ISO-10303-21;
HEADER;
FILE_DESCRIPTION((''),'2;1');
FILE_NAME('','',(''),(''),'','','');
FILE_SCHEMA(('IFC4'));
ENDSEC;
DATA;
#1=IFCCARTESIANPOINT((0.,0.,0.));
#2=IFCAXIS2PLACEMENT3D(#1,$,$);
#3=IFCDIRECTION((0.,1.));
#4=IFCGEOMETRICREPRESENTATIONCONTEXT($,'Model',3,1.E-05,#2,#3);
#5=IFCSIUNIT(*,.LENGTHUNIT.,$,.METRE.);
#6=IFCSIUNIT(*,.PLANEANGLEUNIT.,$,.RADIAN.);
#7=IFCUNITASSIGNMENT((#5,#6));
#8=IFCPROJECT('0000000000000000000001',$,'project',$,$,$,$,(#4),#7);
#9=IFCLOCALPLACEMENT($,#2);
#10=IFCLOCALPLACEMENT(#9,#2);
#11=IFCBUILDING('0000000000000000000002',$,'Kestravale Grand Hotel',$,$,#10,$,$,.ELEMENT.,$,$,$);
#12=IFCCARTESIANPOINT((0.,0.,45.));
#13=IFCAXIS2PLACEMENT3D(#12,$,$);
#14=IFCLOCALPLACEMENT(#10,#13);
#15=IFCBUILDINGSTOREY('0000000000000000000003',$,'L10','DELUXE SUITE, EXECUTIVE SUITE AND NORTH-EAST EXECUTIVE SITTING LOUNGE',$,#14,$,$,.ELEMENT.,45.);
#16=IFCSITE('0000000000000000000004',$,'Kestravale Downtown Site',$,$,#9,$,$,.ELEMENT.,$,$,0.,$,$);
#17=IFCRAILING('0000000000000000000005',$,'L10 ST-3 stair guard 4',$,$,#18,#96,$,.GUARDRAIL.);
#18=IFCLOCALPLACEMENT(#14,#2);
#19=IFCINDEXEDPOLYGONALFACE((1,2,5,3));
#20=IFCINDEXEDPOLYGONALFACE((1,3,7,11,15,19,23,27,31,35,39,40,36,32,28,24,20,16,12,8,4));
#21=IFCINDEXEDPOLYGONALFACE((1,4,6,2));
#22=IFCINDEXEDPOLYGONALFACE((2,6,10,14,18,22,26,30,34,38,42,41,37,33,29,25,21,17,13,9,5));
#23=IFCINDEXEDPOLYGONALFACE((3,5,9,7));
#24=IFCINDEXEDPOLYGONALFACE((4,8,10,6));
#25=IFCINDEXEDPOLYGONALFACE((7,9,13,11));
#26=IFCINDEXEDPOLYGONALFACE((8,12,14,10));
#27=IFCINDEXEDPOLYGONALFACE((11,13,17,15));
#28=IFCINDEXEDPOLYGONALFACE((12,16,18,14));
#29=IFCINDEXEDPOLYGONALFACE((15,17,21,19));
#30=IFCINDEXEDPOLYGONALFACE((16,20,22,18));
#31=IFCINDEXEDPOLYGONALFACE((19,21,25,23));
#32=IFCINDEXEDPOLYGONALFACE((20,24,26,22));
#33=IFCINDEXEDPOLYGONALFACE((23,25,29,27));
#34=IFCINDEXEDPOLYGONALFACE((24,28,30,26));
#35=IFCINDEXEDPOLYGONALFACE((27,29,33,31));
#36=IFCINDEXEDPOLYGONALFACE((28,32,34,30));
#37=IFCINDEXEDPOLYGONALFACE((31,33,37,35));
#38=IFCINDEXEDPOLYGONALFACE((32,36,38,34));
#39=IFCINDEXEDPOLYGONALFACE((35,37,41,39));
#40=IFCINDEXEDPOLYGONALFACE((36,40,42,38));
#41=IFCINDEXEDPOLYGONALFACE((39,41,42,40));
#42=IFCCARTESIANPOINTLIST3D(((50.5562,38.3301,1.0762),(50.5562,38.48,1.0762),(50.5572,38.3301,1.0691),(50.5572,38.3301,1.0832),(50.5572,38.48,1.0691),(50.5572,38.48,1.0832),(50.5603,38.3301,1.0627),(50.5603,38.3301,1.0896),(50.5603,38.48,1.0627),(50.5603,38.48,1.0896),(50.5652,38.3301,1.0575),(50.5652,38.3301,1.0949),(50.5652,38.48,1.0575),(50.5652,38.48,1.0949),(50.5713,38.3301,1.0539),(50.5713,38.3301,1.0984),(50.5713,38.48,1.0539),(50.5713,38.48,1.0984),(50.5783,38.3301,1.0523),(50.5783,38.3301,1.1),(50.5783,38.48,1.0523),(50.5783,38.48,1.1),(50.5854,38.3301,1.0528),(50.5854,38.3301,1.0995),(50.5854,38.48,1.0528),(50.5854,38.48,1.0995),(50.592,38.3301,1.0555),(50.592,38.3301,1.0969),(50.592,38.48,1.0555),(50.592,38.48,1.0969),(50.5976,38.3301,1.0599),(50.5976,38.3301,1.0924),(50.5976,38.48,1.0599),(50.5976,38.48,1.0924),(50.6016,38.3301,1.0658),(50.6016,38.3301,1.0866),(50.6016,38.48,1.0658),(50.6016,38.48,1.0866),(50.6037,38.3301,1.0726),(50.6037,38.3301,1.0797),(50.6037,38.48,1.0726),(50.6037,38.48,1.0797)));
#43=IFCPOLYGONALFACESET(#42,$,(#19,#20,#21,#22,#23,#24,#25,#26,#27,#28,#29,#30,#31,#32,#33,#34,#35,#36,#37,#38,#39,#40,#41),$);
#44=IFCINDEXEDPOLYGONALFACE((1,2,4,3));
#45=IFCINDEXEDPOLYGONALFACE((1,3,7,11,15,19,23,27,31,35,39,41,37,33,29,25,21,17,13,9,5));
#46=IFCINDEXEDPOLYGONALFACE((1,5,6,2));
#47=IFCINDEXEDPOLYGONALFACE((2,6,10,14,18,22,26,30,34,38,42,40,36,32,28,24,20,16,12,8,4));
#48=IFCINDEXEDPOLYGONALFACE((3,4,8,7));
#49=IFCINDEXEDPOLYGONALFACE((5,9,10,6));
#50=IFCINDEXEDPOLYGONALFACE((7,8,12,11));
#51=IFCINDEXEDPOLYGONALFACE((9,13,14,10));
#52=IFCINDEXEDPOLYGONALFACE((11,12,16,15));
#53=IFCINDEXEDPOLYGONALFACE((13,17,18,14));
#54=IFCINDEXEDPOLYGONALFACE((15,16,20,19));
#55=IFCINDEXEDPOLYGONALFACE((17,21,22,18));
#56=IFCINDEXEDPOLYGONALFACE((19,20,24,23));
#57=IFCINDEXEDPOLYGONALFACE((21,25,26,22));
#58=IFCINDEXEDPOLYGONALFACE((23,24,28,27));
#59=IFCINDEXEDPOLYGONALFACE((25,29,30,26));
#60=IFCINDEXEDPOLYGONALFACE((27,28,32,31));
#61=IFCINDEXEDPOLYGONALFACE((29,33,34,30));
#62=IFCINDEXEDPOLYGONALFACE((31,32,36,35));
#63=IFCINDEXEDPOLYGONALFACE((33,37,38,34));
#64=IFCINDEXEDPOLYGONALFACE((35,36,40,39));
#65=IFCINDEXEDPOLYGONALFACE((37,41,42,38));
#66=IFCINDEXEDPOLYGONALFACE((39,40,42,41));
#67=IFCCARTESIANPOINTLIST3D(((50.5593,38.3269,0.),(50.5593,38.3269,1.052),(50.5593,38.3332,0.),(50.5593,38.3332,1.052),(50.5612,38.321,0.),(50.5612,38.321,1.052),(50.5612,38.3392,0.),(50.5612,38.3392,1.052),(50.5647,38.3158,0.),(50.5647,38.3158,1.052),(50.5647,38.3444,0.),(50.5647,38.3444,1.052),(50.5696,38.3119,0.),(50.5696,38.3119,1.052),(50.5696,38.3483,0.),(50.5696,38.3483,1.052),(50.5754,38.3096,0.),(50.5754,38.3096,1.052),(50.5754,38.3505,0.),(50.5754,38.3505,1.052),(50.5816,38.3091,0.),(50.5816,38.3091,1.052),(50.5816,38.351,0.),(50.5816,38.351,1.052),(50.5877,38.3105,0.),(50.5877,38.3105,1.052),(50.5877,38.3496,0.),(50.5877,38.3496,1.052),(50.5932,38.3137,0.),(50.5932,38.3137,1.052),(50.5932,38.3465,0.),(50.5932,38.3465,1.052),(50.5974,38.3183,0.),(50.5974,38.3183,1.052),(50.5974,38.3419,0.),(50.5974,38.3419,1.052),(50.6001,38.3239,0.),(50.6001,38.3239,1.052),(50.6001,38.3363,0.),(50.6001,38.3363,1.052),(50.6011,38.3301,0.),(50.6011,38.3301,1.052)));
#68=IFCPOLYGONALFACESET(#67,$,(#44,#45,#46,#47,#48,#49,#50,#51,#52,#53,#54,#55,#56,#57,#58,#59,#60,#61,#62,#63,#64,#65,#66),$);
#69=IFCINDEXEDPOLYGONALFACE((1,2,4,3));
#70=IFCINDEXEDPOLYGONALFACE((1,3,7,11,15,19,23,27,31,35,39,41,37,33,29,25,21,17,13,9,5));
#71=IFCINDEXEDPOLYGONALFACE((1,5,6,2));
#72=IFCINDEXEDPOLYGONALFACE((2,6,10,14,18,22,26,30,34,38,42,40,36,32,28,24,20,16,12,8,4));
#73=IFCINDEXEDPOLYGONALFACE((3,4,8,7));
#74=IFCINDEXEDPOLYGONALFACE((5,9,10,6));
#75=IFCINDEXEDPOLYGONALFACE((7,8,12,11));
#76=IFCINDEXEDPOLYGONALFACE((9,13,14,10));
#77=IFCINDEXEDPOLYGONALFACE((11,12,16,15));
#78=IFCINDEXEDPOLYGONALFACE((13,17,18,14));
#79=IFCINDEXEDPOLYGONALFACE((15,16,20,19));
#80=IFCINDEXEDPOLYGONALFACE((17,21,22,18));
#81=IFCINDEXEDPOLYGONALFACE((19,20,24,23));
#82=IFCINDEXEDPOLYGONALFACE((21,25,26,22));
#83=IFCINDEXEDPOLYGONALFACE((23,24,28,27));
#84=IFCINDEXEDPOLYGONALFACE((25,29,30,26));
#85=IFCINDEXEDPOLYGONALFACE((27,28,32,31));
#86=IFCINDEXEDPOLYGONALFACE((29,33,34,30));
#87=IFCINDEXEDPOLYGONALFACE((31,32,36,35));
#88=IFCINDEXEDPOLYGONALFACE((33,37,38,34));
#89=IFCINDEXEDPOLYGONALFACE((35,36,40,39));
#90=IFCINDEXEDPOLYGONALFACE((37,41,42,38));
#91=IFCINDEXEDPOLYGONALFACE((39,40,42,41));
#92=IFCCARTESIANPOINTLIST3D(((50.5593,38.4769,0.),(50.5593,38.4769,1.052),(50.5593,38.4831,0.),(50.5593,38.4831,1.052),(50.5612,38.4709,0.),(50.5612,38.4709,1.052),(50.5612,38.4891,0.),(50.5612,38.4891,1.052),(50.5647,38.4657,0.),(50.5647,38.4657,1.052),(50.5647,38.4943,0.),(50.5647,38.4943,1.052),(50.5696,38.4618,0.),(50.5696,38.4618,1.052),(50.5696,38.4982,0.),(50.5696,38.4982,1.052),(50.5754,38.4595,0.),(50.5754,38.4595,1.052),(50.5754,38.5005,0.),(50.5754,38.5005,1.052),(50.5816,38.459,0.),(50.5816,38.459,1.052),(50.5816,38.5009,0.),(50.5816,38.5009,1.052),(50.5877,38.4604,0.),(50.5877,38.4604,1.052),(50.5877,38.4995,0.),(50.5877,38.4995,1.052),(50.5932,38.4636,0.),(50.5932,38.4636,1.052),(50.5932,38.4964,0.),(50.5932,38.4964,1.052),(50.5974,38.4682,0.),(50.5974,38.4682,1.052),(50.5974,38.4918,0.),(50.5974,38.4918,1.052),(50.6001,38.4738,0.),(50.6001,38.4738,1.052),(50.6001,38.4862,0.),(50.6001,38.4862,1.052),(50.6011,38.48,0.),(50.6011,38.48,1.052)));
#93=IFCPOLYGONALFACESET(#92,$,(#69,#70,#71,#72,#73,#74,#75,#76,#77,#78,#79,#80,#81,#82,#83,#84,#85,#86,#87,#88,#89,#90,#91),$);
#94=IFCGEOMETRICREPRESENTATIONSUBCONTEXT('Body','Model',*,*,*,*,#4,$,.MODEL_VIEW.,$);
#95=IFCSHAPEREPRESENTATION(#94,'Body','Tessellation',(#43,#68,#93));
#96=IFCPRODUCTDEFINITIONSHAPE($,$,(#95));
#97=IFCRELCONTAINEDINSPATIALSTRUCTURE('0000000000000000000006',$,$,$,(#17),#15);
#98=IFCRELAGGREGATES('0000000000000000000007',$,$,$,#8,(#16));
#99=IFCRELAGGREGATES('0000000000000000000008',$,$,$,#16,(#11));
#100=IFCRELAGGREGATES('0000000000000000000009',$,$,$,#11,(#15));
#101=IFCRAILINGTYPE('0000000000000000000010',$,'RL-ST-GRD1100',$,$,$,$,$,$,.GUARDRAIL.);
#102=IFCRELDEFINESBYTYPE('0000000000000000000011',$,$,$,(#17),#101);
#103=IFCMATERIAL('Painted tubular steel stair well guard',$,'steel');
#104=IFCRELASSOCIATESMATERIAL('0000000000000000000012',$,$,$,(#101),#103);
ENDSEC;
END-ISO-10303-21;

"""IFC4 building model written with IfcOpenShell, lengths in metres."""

from ifc_helpers import new_model, si_unit, direction, frame, origin, origin_2d, place, context, subcontext, project, spatial, circle, extrude, material, type_object, element, save


model = new_model("IFC4")

# Units and contexts
model_context = context("Model", 3, precision=1e-05, world=origin(), true_north=direction((0.0, 1.0)))
body_context = subcontext(model_context, "Body", "Model", "MODEL_VIEW")
ifc_project = project(units=[si_unit("LENGTHUNIT", "METRE"), si_unit("PLANEANGLEUNIT", "RADIAN")], contexts=[model_context])

# Site, building, storey
site_placement = place(None, origin())
site = spatial("IfcSite", under=ifc_project, at=site_placement, Name="Kestravale Downtown Site", CompositionType="ELEMENT", RefElevation=0.0)
building_placement = place(site_placement, origin())
building = spatial("IfcBuilding", under=site, at=building_placement, Name="Kestravale Grand Hotel", CompositionType="ELEMENT")
storey_placement = place(building_placement, frame((0.0, 0.0, 45.0)))
storey = spatial("IfcBuildingStorey", under=building, at=storey_placement, Name="L10", Description="DELUXE SUITE, EXECUTIVE SUITE AND NORTH-EAST EXECUTIVE SITTING LOUNGE", CompositionType="ELEMENT", Elevation=45.0)

# Railing
ifc_material_1 = material(Name="Painted tubular steel stair well guard", Category="steel")
railing_type_1 = type_object("IfcRailingType", Name="RL-ST-GRD1100", PredefinedType="GUARDRAIL", material=ifc_material_1)
railing_1_placement = place(storey_placement, frame((50.5801, 38.3301, 0.0)))
element("IfcRailing", 1, at=railing_1_placement, inside=storey, type_object=railing_type_1, Name="L10 ST-3 stair guard 4", PredefinedType="GUARDRAIL", context=body_context, shape_type="SweptSolid", body=[
    extrude(circle(Radius=0.0239, at=origin_2d()), frame((0.0, 0.0, 1.0762), z_axis=(0.0, 1.0, 0.0), x_axis=(-1.0, 0.0, 0.0)), (0.0, 0.0, 1.0), 0.1499),
    extrude(circle(Radius=0.021, at=origin_2d()), origin(), (0.0, 0.0, 1.0), 1.052),
    extrude(circle(Radius=0.021, at=origin_2d()), frame((0.0, 0.1499, 0.0)), (0.0, 0.0, 1.0), 1.052),
])

save(model, "model.ifc")
